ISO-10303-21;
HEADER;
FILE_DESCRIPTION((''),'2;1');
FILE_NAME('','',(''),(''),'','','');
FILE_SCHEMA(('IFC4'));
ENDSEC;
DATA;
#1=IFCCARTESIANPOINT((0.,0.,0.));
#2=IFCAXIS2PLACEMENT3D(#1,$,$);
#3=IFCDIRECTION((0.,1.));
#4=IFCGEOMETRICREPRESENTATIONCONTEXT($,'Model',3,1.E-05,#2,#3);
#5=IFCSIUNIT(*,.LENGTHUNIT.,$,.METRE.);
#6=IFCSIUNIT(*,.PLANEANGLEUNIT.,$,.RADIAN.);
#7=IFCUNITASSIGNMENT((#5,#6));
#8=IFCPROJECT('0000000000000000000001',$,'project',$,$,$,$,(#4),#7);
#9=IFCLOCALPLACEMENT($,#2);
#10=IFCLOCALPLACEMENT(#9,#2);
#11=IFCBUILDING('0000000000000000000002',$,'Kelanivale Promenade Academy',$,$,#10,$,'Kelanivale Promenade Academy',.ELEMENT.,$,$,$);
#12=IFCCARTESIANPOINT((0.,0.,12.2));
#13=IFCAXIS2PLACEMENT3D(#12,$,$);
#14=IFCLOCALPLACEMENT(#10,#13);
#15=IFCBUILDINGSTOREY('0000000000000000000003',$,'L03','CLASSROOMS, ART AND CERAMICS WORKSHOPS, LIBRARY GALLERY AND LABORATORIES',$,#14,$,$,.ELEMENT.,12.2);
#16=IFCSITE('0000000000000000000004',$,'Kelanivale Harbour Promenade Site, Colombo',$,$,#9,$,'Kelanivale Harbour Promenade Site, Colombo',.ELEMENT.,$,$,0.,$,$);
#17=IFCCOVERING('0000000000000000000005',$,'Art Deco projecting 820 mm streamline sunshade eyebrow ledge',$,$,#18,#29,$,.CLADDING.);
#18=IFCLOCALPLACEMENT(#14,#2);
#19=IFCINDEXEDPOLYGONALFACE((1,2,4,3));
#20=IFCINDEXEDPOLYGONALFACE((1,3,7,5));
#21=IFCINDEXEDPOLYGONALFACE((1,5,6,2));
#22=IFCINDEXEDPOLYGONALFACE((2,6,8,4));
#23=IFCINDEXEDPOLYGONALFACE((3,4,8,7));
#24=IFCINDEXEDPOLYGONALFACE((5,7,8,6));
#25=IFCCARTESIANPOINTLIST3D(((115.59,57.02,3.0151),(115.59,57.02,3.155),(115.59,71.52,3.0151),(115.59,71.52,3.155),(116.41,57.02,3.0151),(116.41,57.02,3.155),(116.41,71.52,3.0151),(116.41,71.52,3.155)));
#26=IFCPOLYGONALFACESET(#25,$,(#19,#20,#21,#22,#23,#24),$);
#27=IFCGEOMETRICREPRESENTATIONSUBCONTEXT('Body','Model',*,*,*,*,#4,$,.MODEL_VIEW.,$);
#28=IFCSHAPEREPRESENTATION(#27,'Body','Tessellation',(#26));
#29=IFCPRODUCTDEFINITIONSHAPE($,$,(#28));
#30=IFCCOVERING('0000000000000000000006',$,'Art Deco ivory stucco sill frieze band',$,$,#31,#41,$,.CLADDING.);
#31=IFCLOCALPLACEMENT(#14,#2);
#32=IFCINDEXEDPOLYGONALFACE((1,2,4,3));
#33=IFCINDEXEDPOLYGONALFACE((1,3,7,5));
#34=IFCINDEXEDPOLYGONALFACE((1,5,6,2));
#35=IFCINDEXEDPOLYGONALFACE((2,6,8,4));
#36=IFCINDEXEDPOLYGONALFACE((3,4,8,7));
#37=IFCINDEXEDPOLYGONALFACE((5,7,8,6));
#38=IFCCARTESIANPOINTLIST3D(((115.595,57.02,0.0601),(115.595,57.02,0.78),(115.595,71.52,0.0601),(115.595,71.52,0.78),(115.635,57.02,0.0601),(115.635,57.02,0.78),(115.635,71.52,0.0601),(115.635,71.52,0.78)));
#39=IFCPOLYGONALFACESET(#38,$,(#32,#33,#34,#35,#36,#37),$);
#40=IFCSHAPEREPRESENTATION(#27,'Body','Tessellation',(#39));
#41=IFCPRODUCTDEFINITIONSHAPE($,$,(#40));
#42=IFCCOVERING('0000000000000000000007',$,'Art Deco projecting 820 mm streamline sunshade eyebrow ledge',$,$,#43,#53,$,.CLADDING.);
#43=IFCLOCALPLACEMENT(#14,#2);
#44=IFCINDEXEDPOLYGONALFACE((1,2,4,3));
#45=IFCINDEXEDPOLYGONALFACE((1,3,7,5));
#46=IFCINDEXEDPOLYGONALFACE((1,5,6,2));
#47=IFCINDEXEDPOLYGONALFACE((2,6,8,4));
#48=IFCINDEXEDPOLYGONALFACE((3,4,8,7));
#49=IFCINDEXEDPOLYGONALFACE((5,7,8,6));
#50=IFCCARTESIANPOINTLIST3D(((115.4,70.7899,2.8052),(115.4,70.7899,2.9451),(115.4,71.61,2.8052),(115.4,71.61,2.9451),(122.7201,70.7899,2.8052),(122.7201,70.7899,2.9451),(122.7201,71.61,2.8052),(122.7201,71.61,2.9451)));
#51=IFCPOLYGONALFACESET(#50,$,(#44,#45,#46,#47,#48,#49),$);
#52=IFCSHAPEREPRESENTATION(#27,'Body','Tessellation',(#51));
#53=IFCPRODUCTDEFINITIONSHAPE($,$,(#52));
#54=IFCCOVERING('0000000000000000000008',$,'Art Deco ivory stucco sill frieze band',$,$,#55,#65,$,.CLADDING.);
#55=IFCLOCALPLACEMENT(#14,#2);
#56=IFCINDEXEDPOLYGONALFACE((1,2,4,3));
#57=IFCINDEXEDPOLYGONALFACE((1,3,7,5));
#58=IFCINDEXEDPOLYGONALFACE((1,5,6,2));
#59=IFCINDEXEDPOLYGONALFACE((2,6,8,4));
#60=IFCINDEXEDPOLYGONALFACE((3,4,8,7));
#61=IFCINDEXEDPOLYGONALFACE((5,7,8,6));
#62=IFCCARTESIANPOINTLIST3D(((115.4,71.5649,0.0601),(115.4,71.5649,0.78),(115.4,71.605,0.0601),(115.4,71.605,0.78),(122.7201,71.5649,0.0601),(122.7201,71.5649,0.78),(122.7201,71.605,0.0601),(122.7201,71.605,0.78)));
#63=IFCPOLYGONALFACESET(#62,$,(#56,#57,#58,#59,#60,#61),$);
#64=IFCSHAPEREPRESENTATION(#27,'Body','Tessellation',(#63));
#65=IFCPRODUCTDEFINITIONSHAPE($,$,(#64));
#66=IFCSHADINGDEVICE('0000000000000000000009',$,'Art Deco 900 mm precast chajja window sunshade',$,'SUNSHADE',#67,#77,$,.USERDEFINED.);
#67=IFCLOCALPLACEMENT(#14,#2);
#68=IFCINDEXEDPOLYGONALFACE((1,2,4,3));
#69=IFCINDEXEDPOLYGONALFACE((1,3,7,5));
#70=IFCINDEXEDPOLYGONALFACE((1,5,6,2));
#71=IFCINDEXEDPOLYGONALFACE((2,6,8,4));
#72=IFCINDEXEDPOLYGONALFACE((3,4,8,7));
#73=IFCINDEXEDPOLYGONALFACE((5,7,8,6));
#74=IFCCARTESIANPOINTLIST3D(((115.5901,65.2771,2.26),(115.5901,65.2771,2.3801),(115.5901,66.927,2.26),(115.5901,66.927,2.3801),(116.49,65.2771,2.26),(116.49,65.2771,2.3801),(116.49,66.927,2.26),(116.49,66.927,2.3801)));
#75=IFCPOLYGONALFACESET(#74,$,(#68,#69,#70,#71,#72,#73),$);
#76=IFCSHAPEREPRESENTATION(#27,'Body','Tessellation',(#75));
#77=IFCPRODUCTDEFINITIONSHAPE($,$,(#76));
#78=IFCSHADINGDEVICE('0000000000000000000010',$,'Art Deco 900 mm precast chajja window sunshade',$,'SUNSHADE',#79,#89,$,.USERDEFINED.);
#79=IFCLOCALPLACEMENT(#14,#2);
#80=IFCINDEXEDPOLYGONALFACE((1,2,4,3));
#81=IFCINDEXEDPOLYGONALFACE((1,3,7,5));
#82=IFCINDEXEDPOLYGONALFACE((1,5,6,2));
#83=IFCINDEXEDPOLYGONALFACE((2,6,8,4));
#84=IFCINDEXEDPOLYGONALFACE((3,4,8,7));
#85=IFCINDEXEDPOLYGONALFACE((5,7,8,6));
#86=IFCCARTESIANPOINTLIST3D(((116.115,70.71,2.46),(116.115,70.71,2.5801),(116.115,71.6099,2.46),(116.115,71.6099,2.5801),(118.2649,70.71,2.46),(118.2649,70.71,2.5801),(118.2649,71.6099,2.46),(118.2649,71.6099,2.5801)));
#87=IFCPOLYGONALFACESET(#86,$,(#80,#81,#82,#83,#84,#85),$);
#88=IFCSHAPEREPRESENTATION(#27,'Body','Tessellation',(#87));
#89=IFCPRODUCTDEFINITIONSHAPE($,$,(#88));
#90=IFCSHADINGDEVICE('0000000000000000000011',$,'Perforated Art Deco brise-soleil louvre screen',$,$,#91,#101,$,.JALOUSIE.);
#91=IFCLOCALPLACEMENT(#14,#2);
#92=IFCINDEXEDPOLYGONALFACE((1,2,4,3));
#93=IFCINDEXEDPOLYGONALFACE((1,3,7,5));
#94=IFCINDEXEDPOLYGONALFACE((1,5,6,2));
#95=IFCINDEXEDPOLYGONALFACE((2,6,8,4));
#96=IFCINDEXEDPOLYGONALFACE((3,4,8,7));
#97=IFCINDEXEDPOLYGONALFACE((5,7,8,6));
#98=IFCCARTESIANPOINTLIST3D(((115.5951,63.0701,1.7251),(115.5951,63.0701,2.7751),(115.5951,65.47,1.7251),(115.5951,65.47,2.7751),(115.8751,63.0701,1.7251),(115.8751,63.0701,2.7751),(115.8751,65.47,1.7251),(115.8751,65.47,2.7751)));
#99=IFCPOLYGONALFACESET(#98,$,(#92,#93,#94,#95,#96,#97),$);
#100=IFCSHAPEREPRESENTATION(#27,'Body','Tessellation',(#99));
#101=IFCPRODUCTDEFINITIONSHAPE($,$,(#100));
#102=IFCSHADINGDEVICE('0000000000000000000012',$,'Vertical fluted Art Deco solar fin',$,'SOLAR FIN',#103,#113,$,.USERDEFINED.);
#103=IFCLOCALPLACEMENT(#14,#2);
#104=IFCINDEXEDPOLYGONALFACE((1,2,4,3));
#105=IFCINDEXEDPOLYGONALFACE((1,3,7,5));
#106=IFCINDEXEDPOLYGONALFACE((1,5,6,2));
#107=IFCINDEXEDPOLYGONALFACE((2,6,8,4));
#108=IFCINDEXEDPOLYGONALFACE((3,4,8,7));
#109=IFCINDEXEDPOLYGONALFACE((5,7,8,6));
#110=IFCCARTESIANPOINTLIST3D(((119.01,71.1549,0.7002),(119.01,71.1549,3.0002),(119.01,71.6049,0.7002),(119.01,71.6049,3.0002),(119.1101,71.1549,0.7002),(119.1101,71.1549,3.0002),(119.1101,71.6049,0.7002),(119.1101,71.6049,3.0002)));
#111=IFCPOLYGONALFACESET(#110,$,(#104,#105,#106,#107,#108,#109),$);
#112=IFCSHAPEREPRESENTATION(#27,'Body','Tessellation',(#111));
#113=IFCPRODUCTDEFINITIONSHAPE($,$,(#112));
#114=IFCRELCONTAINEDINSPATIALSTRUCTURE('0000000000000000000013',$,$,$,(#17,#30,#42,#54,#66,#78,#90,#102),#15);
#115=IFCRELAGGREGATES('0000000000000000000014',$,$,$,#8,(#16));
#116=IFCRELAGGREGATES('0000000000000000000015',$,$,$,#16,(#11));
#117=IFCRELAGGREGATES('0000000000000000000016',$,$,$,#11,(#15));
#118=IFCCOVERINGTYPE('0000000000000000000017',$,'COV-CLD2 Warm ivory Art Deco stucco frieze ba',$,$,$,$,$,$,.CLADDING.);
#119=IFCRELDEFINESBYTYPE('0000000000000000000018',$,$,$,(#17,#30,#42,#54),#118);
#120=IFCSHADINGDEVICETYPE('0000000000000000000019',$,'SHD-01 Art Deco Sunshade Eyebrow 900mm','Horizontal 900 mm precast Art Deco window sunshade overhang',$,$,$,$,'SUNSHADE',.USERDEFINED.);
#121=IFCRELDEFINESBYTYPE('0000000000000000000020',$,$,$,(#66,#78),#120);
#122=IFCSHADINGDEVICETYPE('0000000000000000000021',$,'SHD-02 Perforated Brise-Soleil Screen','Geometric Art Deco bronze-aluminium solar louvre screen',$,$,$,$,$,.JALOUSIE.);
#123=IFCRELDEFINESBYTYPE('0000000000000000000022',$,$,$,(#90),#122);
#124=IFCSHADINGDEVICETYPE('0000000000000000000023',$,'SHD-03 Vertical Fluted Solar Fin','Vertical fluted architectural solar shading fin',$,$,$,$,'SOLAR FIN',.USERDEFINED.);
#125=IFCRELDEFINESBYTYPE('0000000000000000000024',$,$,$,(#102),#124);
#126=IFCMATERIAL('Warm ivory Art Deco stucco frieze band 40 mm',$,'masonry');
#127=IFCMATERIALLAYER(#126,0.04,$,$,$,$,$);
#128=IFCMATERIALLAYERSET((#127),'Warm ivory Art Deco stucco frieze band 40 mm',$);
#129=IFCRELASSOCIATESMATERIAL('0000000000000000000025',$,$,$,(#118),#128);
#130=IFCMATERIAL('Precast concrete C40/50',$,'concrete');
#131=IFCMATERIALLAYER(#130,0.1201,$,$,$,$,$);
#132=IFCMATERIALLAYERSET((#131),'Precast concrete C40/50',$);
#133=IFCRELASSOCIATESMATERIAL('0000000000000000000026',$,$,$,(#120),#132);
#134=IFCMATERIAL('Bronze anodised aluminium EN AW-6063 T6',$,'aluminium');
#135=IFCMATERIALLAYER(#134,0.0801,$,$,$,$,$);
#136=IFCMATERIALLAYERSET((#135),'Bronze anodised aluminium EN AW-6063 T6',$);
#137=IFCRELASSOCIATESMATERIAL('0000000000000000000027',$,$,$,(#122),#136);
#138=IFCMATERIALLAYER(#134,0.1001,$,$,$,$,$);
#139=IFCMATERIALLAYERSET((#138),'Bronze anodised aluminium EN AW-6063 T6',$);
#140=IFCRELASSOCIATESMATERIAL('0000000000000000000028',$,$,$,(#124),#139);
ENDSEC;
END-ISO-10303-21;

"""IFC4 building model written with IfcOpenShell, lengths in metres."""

from ifc_helpers import new_model, si_unit, direction, frame, origin, origin_2d, place, context, subcontext, project, spatial, rectangle, extrude, material, layer, layer_set, type_object, element, save


model = new_model("IFC4")

# Units and contexts
model_context = context("Model", 3, precision=1e-05, world=origin(), true_north=direction((0.0, 1.0)))
body_context = subcontext(model_context, "Body", "Model", "MODEL_VIEW")
ifc_project = project(units=[si_unit("LENGTHUNIT", "METRE"), si_unit("PLANEANGLEUNIT", "RADIAN")], contexts=[model_context])

# Site, building, storey
site_placement = place(None, origin())
site = spatial("IfcSite", under=ifc_project, at=site_placement, Name="Kelanivale Harbour Promenade Site, Colombo", LongName="Kelanivale Harbour Promenade Site, Colombo", CompositionType="ELEMENT", RefElevation=0.0)
building_placement = place(site_placement, origin())
building = spatial("IfcBuilding", under=site, at=building_placement, Name="Kelanivale Promenade Academy", LongName="Kelanivale Promenade Academy", CompositionType="ELEMENT")
storey_placement = place(building_placement, frame((0.0, 0.0, 12.2)))
storey = spatial("IfcBuildingStorey", under=building, at=storey_placement, Name="L03", Description="CLASSROOMS, ART AND CERAMICS WORKSHOPS, LIBRARY GALLERY AND LABORATORIES", CompositionType="ELEMENT", Elevation=12.2)

# Coverings
ifc_material_1 = material(Name="Warm ivory Art Deco stucco frieze band 40 mm", Category="masonry")
ifc_layer_1 = layer(ifc_material_1, 0.04)
ifc_layer_set_1 = layer_set([ifc_layer_1], Name="Warm ivory Art Deco stucco frieze band 40 mm")
covering_type = type_object("IfcCoveringType", Name="COV-CLD2 Warm ivory Art Deco stucco frieze ba", PredefinedType="CLADDING", material=ifc_layer_set_1)
covering_1_placement = place(storey_placement, frame((116.0, 64.27, 3.0151), z_axis=(0.0, 0.0, 1.0), x_axis=(0.0, 1.0, 0.0)))
element("IfcCovering", 1, at=covering_1_placement, inside=storey, type_object=covering_type, Name="Art Deco projecting 820 mm streamline sunshade eyebrow ledge", PredefinedType="CLADDING", context=body_context, shape_type="SweptSolid", body=[
    extrude(rectangle(XDim=14.5, YDim=0.8201, at=origin_2d()), origin(), (0.0, 0.0, 1.0), 0.1399),
])
covering_2_placement = place(storey_placement, frame((115.615, 64.27, 0.0601), z_axis=(0.0, 0.0, 1.0), x_axis=(0.0, 1.0, 0.0)))
element("IfcCovering", 2, at=covering_2_placement, inside=storey, type_object=covering_type, Name="Art Deco ivory stucco sill frieze band", PredefinedType="CLADDING", context=body_context, shape_type="SweptSolid", body=[
    extrude(rectangle(XDim=14.5, YDim=0.04, at=origin_2d()), origin(), (0.0, 0.0, 1.0), 0.72),
])
covering_3_placement = place(storey_placement, frame((119.0601, 71.2, 2.8052), z_axis=(0.0, 0.0, 1.0), x_axis=(1.0, 0.0, 0.0)))
element("IfcCovering", 3, at=covering_3_placement, inside=storey, type_object=covering_type, Name="Art Deco projecting 820 mm streamline sunshade eyebrow ledge", PredefinedType="CLADDING", context=body_context, shape_type="SweptSolid", body=[
    extrude(rectangle(XDim=7.3201, YDim=0.8201, at=origin_2d()), origin(), (0.0, 0.0, 1.0), 0.1399),
])
covering_4_placement = place(storey_placement, frame((119.0601, 71.585, 0.0601), z_axis=(0.0, 0.0, 1.0), x_axis=(1.0, 0.0, 0.0)))
element("IfcCovering", 4, at=covering_4_placement, inside=storey, type_object=covering_type, Name="Art Deco ivory stucco sill frieze band", PredefinedType="CLADDING", context=body_context, shape_type="SweptSolid", body=[
    extrude(rectangle(XDim=7.3201, YDim=0.04, at=origin_2d()), origin(), (0.0, 0.0, 1.0), 0.72),
])

# Shading devices
ifc_material_2 = material(Name="Precast concrete C40/50", Category="concrete")
ifc_layer_2 = layer(ifc_material_2, 0.1201)
ifc_layer_set_2 = layer_set([ifc_layer_2], Name="Precast concrete C40/50")
shading_device_type_1 = type_object("IfcShadingDeviceType", Name="SHD-01 Art Deco Sunshade Eyebrow 900mm", Description="Horizontal 900 mm precast Art Deco window sunshade overhang", ElementType="SUNSHADE", PredefinedType="USERDEFINED", material=ifc_layer_set_2)
shading_device_1_placement = place(storey_placement, frame((116.04, 66.1021, 2.26), z_axis=(0.0, 0.0, 1.0), x_axis=(0.0, 1.0, 0.0)))
element("IfcShadingDevice", 5, at=shading_device_1_placement, inside=storey, type_object=shading_device_type_1, Name="Art Deco 900 mm precast chajja window sunshade", ObjectType="SUNSHADE", PredefinedType="USERDEFINED", context=body_context, shape_type="SweptSolid", body=[
    extrude(rectangle(XDim=1.6499, YDim=0.8999, at=origin_2d()), origin(), (0.0, 0.0, 1.0), 0.1201),
])
shading_device_2_placement = place(storey_placement, frame((117.1899, 71.1599, 2.46), z_axis=(0.0, 0.0, 1.0), x_axis=(1.0, 0.0, 0.0)))
element("IfcShadingDevice", 6, at=shading_device_2_placement, inside=storey, type_object=shading_device_type_1, Name="Art Deco 900 mm precast chajja window sunshade", ObjectType="SUNSHADE", PredefinedType="USERDEFINED", context=body_context, shape_type="SweptSolid", body=[
    extrude(rectangle(XDim=2.1499, YDim=0.8999, at=origin_2d()), origin(), (0.0, 0.0, 1.0), 0.1201),
])
ifc_material_3 = material(Name="Bronze anodised aluminium EN AW-6063 T6", Category="aluminium")
ifc_layer_3 = layer(ifc_material_3, 0.0801)
ifc_layer_set_3 = layer_set([ifc_layer_3], Name="Bronze anodised aluminium EN AW-6063 T6")
shading_device_type_2 = type_object("IfcShadingDeviceType", Name="SHD-02 Perforated Brise-Soleil Screen", Description="Geometric Art Deco bronze-aluminium solar louvre screen", PredefinedType="JALOUSIE", material=ifc_layer_set_3)
shading_device_3_placement = place(storey_placement, frame((115.7351, 64.27, 1.7251), z_axis=(0.0, 0.0, 1.0), x_axis=(0.0, 1.0, 0.0)))
element("IfcShadingDevice", 7, at=shading_device_3_placement, inside=storey, type_object=shading_device_type_2, Name="Perforated Art Deco brise-soleil louvre screen", PredefinedType="JALOUSIE", context=body_context, shape_type="SweptSolid", body=[
    extrude(rectangle(XDim=2.3999, YDim=0.28, at=origin_2d()), origin(), (0.0, 0.0, 1.0), 1.05),
])
ifc_layer_4 = layer(ifc_material_3, 0.1001)
ifc_layer_set_4 = layer_set([ifc_layer_4], Name="Bronze anodised aluminium EN AW-6063 T6")
shading_device_type_3 = type_object("IfcShadingDeviceType", Name="SHD-03 Vertical Fluted Solar Fin", Description="Vertical fluted architectural solar shading fin", ElementType="SOLAR FIN", PredefinedType="USERDEFINED", material=ifc_layer_set_4)
shading_device_4_placement = place(storey_placement, frame((119.0601, 71.3799, 0.7002), z_axis=(0.0, 0.0, 1.0), x_axis=(1.0, 0.0, 0.0)))
element("IfcShadingDevice", 8, at=shading_device_4_placement, inside=storey, type_object=shading_device_type_3, Name="Vertical fluted Art Deco solar fin", ObjectType="SOLAR FIN", PredefinedType="USERDEFINED", context=body_context, shape_type="SweptSolid", body=[
    extrude(rectangle(XDim=0.1001, YDim=0.45, at=origin_2d()), origin(), (0.0, 0.0, 1.0), 2.3),
])

save(model, "model.ifc")
